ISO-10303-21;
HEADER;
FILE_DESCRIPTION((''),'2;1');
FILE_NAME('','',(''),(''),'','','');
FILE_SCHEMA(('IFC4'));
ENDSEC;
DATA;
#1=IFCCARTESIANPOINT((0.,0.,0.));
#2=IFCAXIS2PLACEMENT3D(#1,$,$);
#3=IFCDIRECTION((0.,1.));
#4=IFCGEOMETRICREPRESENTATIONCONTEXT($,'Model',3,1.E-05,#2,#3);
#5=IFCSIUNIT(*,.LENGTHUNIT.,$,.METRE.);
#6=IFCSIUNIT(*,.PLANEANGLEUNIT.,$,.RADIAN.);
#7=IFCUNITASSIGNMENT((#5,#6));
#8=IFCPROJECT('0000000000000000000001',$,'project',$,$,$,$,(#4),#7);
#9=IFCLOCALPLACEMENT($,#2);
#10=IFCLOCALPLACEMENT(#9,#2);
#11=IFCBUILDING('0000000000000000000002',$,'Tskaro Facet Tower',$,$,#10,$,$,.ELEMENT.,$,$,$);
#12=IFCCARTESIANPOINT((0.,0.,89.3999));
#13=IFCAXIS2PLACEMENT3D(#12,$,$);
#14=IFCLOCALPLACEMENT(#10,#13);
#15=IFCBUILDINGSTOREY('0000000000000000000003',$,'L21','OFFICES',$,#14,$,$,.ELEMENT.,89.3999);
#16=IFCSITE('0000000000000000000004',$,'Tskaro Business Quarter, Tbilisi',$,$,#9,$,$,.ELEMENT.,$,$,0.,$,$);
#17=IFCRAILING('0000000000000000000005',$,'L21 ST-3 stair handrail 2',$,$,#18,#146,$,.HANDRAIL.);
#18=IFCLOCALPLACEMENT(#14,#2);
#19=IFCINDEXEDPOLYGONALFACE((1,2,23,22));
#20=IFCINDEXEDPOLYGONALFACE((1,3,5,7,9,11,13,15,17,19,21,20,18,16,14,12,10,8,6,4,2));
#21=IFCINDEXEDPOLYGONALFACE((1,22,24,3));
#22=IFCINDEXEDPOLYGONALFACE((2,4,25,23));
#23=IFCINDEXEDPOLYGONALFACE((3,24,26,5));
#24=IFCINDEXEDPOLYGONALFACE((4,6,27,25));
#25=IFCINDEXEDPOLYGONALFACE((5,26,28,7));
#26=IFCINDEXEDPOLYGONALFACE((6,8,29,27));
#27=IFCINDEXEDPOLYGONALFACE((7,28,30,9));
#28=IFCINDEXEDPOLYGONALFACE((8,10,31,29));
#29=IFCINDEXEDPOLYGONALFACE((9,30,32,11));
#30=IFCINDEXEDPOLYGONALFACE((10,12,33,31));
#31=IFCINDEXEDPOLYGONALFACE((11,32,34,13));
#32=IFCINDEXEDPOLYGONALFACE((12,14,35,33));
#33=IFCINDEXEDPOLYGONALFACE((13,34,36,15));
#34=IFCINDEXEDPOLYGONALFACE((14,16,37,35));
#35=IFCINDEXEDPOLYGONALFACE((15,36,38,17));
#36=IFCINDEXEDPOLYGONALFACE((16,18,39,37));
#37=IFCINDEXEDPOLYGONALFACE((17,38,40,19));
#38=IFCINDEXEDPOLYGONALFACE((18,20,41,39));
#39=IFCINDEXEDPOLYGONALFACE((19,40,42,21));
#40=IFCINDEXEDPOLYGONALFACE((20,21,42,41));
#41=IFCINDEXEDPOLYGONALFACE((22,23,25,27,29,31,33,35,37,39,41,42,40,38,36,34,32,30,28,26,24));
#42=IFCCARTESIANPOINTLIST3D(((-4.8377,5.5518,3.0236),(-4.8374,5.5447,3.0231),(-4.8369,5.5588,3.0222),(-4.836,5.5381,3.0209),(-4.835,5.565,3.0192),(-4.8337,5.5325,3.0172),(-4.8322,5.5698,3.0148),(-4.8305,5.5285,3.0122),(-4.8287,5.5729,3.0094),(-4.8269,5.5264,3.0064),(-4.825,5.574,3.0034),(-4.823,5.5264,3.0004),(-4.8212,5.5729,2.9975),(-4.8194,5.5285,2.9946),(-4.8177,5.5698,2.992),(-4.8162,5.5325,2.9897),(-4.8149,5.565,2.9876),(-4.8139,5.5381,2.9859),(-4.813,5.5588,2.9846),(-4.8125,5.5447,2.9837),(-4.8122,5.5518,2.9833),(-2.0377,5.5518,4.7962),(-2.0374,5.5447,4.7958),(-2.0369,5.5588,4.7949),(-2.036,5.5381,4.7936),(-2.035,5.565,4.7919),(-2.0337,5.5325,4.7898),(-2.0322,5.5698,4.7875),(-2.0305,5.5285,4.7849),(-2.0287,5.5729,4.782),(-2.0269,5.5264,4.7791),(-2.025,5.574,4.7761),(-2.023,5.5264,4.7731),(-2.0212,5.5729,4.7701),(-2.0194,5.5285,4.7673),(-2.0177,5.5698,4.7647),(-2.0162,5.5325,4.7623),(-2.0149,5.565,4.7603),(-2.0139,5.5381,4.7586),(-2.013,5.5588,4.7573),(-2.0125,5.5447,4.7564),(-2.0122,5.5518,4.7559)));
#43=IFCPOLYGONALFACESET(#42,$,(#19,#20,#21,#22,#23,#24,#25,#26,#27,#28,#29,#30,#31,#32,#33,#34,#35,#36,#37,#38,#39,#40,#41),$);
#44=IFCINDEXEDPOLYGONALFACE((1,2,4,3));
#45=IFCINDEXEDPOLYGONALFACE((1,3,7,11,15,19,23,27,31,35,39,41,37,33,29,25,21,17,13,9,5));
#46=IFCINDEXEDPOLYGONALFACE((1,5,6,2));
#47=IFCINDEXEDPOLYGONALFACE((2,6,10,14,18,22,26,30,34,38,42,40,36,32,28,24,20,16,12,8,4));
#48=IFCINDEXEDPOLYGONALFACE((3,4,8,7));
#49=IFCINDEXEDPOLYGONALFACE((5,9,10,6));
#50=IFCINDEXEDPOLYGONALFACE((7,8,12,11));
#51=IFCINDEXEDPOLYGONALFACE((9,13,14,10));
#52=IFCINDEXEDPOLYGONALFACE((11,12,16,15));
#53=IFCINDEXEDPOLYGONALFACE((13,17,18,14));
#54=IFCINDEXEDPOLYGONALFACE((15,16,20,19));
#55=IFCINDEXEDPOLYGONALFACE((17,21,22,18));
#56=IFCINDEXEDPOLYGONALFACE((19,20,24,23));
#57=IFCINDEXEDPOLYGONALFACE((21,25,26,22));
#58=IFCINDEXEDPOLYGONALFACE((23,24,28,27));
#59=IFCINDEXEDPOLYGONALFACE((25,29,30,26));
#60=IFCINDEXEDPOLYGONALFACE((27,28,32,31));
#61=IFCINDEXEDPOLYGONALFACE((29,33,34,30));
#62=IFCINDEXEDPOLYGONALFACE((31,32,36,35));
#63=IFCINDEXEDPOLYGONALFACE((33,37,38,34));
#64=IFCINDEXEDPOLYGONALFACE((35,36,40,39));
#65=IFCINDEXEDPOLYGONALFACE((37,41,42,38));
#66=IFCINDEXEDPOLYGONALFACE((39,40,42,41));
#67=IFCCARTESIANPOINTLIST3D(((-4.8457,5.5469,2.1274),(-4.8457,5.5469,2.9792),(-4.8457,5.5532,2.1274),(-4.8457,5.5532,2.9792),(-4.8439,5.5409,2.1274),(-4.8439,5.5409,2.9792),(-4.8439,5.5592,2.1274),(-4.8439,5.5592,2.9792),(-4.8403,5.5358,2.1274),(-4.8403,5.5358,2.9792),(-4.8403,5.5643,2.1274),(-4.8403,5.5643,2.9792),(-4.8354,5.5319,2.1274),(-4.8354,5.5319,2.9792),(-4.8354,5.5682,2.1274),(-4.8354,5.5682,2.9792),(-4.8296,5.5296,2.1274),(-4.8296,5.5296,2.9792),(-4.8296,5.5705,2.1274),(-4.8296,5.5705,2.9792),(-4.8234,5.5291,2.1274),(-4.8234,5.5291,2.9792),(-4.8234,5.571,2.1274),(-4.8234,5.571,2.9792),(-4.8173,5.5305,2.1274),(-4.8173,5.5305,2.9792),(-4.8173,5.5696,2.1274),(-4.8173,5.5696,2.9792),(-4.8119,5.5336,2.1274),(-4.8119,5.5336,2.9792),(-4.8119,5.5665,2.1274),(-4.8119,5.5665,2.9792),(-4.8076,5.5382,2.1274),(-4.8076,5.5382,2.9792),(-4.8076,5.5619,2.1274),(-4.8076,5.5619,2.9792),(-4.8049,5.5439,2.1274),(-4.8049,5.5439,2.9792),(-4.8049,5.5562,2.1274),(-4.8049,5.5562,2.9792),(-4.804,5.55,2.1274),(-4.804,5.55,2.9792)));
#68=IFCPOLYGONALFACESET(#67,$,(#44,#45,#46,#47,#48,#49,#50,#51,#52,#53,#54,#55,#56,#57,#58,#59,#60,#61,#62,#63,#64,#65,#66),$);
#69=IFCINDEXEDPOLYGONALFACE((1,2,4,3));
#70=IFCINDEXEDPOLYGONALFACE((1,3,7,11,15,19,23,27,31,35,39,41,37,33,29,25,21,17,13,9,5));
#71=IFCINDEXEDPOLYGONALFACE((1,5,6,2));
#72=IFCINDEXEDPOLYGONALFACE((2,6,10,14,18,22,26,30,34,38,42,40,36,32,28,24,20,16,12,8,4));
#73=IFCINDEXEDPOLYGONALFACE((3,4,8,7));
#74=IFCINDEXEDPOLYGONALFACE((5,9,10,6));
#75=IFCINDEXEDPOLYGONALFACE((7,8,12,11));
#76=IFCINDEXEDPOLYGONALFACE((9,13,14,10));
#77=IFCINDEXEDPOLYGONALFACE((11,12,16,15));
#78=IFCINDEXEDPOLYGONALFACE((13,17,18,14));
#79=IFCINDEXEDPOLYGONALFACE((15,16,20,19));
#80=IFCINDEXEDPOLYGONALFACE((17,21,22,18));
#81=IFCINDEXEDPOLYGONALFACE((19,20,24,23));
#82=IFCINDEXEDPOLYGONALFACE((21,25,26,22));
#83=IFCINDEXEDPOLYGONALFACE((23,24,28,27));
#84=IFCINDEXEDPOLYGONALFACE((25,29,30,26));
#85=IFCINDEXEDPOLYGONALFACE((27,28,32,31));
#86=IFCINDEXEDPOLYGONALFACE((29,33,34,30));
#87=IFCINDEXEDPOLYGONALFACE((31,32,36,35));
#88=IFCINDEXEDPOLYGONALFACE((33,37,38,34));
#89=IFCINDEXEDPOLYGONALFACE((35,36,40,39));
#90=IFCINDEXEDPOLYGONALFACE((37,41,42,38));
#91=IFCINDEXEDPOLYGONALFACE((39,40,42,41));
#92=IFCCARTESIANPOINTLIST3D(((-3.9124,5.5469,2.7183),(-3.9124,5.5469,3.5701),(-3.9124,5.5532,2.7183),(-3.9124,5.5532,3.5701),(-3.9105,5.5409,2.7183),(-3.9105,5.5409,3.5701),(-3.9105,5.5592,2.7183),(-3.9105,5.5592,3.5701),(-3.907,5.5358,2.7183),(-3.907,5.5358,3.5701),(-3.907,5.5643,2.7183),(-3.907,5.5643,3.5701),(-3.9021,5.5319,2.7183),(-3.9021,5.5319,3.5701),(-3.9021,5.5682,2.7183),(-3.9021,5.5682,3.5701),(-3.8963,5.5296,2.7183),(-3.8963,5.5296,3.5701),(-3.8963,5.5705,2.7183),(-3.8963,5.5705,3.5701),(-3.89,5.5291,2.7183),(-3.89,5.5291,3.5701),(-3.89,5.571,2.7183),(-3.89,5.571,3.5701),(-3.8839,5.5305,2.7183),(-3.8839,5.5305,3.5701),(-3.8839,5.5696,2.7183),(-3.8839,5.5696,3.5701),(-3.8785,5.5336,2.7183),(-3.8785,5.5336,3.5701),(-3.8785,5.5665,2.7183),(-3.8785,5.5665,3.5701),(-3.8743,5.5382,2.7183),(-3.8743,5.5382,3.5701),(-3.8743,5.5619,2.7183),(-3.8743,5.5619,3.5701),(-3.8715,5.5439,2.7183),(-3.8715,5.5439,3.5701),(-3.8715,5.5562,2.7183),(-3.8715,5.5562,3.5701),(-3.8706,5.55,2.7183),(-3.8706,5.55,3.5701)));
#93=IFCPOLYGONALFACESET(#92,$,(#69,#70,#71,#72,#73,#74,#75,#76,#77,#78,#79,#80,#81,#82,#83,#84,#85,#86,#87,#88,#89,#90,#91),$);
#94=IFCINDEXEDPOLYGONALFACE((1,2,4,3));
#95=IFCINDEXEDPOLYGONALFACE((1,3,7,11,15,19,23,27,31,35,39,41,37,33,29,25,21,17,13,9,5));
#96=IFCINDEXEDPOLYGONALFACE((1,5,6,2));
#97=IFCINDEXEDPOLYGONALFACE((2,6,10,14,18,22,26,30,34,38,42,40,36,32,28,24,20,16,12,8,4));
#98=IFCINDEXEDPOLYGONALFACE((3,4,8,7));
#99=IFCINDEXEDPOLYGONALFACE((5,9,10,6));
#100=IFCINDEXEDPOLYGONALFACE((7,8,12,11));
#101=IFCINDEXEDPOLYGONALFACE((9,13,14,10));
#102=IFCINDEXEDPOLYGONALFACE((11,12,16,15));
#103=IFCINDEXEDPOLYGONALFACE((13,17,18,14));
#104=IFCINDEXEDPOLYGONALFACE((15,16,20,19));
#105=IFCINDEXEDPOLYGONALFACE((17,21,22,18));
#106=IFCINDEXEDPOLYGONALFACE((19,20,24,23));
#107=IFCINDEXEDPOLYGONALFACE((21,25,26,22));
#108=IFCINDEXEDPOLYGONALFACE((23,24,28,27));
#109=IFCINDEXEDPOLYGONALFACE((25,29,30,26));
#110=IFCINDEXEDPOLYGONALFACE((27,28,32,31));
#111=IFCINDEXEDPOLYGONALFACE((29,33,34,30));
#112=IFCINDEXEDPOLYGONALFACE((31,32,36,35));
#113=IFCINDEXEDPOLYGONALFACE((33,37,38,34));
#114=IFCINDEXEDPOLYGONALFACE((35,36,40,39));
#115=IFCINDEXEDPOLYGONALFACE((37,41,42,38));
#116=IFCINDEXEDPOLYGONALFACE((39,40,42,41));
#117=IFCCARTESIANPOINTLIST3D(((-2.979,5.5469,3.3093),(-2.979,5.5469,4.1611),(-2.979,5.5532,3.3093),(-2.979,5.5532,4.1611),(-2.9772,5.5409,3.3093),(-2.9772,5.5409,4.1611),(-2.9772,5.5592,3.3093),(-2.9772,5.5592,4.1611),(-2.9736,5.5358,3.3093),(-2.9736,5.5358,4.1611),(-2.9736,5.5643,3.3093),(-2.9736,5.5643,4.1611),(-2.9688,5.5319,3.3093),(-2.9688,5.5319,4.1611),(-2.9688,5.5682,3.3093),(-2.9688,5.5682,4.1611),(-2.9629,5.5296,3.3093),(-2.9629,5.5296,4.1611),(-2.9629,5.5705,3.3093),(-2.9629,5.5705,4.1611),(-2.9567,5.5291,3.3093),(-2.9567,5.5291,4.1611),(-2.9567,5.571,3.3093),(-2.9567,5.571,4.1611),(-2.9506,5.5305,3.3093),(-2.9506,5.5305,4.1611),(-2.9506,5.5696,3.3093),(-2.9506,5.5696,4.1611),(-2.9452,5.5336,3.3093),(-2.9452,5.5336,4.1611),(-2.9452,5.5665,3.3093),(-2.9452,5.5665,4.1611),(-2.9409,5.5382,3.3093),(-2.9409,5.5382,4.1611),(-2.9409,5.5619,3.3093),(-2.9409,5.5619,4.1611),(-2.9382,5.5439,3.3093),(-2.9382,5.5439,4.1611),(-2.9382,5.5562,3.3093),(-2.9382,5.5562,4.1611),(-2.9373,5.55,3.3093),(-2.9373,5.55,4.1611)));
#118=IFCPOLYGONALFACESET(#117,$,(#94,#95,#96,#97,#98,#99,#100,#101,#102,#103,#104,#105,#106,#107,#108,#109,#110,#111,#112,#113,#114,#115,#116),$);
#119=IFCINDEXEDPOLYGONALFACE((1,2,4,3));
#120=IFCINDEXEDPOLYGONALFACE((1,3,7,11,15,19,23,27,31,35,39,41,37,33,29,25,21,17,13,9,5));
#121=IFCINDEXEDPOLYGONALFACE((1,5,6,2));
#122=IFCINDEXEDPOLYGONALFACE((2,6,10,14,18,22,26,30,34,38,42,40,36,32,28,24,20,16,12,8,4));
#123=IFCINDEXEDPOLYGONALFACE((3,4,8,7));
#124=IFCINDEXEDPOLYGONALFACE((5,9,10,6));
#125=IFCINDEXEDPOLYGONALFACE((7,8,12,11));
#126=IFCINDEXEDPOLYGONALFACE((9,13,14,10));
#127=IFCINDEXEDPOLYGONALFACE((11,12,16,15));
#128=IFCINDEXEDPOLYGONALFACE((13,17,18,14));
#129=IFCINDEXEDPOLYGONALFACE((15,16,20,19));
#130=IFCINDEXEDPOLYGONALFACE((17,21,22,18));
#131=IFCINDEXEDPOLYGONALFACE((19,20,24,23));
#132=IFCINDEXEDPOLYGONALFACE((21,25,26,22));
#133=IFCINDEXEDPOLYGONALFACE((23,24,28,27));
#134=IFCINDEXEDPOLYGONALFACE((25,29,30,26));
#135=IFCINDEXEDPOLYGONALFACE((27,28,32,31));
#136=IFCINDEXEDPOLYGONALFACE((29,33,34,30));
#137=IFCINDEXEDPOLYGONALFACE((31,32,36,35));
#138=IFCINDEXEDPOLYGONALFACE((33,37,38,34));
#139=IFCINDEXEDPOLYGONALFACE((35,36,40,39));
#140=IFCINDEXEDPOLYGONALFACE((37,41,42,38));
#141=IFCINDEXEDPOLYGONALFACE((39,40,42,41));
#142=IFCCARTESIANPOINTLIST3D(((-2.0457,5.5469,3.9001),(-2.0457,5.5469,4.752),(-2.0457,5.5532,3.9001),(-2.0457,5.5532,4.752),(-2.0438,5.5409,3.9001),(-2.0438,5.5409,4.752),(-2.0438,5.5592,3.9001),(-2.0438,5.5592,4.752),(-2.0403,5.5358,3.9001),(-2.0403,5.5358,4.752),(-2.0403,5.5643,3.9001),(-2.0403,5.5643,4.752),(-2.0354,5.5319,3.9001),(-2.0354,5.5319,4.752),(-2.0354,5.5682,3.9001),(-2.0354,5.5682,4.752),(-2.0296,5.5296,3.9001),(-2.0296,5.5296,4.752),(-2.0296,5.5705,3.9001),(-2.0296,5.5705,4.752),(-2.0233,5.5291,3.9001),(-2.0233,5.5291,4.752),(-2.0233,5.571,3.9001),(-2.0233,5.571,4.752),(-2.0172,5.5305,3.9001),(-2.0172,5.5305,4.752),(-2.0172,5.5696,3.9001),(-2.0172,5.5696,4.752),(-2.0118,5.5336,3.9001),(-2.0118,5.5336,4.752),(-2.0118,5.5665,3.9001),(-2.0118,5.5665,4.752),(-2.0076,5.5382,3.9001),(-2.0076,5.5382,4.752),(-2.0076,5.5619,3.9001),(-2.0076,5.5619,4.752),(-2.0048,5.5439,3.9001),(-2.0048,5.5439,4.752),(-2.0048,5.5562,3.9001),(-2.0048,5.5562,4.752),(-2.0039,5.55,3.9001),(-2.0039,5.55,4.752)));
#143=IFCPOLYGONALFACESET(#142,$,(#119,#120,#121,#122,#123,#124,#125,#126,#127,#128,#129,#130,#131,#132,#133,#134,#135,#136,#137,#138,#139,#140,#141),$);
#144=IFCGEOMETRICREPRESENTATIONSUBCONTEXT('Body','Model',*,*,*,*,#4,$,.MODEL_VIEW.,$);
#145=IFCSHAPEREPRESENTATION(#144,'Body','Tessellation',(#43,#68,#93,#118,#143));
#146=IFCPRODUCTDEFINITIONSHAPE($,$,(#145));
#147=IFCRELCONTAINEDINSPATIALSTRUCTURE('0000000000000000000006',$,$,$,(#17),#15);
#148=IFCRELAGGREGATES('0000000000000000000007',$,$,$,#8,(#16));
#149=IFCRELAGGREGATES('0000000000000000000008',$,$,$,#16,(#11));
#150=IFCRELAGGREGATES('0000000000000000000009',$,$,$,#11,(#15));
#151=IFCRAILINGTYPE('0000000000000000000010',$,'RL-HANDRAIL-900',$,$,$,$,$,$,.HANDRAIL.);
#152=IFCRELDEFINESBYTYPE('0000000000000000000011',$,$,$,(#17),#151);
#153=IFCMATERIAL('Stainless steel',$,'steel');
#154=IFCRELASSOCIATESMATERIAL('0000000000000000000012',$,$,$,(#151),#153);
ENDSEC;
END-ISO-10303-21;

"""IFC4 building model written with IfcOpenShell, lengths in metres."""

from ifc_helpers import new_model, si_unit, direction, frame, origin, origin_2d, place, context, subcontext, project, spatial, circle, extrude, material, type_object, element, save


model = new_model("IFC4")

# Units and contexts
model_context = context("Model", 3, precision=1e-05, world=origin(), true_north=direction((0.0, 1.0)))
body_context = subcontext(model_context, "Body", "Model", "MODEL_VIEW")
ifc_project = project(units=[si_unit("LENGTHUNIT", "METRE"), si_unit("PLANEANGLEUNIT", "RADIAN")], contexts=[model_context])

# Site, building, storey
site_placement = place(None, origin())
site = spatial("IfcSite", under=ifc_project, at=site_placement, Name="Tskaro Business Quarter, Tbilisi", CompositionType="ELEMENT", RefElevation=0.0)
building_placement = place(site_placement, origin())
building = spatial("IfcBuilding", under=site, at=building_placement, Name="Tskaro Facet Tower", CompositionType="ELEMENT")
storey_placement = place(building_placement, frame((0.0, 0.0, 89.3999)))
storey = spatial("IfcBuildingStorey", under=building, at=storey_placement, Name="L21", Description="OFFICES", CompositionType="ELEMENT", Elevation=89.3999)

# Railing
ifc_material_1 = material(Name="Stainless steel", Category="steel")
railing_type_1 = type_object("IfcRailingType", Name="RL-HANDRAIL-900", PredefinedType="HANDRAIL", material=ifc_material_1)
railing_1_placement = place(storey_placement, frame((-4.825, 5.55, 2.1274)))
element("IfcRailing", 1, at=railing_1_placement, inside=storey, type_object=railing_type_1, Name="L21 ST-3 stair handrail 2", PredefinedType="HANDRAIL", context=body_context, shape_type="SweptSolid", body=[
    extrude(circle(Radius=0.0239, at=origin_2d()), frame((0.0, 0.0, 0.876), z_axis=(0.844909, 0.0, 0.53491), x_axis=(0.0, 1.0, 0.0)), (0.0, 0.0, 1.0), 3.314),
    extrude(circle(Radius=0.021, at=origin_2d()), origin(), (0.0, 0.0, 1.0), 0.8518),
    extrude(circle(Radius=0.021, at=origin_2d()), frame((0.9333, 0.0, 0.5908)), (0.0, 0.0, 1.0), 0.8518),
    extrude(circle(Radius=0.021, at=origin_2d()), frame((1.8667, 0.0, 1.1819)), (0.0, 0.0, 1.0), 0.8518),
    extrude(circle(Radius=0.021, at=origin_2d()), frame((2.8, 0.0, 1.7727)), (0.0, 0.0, 1.0), 0.8518),
])

save(model, "model.ifc")
